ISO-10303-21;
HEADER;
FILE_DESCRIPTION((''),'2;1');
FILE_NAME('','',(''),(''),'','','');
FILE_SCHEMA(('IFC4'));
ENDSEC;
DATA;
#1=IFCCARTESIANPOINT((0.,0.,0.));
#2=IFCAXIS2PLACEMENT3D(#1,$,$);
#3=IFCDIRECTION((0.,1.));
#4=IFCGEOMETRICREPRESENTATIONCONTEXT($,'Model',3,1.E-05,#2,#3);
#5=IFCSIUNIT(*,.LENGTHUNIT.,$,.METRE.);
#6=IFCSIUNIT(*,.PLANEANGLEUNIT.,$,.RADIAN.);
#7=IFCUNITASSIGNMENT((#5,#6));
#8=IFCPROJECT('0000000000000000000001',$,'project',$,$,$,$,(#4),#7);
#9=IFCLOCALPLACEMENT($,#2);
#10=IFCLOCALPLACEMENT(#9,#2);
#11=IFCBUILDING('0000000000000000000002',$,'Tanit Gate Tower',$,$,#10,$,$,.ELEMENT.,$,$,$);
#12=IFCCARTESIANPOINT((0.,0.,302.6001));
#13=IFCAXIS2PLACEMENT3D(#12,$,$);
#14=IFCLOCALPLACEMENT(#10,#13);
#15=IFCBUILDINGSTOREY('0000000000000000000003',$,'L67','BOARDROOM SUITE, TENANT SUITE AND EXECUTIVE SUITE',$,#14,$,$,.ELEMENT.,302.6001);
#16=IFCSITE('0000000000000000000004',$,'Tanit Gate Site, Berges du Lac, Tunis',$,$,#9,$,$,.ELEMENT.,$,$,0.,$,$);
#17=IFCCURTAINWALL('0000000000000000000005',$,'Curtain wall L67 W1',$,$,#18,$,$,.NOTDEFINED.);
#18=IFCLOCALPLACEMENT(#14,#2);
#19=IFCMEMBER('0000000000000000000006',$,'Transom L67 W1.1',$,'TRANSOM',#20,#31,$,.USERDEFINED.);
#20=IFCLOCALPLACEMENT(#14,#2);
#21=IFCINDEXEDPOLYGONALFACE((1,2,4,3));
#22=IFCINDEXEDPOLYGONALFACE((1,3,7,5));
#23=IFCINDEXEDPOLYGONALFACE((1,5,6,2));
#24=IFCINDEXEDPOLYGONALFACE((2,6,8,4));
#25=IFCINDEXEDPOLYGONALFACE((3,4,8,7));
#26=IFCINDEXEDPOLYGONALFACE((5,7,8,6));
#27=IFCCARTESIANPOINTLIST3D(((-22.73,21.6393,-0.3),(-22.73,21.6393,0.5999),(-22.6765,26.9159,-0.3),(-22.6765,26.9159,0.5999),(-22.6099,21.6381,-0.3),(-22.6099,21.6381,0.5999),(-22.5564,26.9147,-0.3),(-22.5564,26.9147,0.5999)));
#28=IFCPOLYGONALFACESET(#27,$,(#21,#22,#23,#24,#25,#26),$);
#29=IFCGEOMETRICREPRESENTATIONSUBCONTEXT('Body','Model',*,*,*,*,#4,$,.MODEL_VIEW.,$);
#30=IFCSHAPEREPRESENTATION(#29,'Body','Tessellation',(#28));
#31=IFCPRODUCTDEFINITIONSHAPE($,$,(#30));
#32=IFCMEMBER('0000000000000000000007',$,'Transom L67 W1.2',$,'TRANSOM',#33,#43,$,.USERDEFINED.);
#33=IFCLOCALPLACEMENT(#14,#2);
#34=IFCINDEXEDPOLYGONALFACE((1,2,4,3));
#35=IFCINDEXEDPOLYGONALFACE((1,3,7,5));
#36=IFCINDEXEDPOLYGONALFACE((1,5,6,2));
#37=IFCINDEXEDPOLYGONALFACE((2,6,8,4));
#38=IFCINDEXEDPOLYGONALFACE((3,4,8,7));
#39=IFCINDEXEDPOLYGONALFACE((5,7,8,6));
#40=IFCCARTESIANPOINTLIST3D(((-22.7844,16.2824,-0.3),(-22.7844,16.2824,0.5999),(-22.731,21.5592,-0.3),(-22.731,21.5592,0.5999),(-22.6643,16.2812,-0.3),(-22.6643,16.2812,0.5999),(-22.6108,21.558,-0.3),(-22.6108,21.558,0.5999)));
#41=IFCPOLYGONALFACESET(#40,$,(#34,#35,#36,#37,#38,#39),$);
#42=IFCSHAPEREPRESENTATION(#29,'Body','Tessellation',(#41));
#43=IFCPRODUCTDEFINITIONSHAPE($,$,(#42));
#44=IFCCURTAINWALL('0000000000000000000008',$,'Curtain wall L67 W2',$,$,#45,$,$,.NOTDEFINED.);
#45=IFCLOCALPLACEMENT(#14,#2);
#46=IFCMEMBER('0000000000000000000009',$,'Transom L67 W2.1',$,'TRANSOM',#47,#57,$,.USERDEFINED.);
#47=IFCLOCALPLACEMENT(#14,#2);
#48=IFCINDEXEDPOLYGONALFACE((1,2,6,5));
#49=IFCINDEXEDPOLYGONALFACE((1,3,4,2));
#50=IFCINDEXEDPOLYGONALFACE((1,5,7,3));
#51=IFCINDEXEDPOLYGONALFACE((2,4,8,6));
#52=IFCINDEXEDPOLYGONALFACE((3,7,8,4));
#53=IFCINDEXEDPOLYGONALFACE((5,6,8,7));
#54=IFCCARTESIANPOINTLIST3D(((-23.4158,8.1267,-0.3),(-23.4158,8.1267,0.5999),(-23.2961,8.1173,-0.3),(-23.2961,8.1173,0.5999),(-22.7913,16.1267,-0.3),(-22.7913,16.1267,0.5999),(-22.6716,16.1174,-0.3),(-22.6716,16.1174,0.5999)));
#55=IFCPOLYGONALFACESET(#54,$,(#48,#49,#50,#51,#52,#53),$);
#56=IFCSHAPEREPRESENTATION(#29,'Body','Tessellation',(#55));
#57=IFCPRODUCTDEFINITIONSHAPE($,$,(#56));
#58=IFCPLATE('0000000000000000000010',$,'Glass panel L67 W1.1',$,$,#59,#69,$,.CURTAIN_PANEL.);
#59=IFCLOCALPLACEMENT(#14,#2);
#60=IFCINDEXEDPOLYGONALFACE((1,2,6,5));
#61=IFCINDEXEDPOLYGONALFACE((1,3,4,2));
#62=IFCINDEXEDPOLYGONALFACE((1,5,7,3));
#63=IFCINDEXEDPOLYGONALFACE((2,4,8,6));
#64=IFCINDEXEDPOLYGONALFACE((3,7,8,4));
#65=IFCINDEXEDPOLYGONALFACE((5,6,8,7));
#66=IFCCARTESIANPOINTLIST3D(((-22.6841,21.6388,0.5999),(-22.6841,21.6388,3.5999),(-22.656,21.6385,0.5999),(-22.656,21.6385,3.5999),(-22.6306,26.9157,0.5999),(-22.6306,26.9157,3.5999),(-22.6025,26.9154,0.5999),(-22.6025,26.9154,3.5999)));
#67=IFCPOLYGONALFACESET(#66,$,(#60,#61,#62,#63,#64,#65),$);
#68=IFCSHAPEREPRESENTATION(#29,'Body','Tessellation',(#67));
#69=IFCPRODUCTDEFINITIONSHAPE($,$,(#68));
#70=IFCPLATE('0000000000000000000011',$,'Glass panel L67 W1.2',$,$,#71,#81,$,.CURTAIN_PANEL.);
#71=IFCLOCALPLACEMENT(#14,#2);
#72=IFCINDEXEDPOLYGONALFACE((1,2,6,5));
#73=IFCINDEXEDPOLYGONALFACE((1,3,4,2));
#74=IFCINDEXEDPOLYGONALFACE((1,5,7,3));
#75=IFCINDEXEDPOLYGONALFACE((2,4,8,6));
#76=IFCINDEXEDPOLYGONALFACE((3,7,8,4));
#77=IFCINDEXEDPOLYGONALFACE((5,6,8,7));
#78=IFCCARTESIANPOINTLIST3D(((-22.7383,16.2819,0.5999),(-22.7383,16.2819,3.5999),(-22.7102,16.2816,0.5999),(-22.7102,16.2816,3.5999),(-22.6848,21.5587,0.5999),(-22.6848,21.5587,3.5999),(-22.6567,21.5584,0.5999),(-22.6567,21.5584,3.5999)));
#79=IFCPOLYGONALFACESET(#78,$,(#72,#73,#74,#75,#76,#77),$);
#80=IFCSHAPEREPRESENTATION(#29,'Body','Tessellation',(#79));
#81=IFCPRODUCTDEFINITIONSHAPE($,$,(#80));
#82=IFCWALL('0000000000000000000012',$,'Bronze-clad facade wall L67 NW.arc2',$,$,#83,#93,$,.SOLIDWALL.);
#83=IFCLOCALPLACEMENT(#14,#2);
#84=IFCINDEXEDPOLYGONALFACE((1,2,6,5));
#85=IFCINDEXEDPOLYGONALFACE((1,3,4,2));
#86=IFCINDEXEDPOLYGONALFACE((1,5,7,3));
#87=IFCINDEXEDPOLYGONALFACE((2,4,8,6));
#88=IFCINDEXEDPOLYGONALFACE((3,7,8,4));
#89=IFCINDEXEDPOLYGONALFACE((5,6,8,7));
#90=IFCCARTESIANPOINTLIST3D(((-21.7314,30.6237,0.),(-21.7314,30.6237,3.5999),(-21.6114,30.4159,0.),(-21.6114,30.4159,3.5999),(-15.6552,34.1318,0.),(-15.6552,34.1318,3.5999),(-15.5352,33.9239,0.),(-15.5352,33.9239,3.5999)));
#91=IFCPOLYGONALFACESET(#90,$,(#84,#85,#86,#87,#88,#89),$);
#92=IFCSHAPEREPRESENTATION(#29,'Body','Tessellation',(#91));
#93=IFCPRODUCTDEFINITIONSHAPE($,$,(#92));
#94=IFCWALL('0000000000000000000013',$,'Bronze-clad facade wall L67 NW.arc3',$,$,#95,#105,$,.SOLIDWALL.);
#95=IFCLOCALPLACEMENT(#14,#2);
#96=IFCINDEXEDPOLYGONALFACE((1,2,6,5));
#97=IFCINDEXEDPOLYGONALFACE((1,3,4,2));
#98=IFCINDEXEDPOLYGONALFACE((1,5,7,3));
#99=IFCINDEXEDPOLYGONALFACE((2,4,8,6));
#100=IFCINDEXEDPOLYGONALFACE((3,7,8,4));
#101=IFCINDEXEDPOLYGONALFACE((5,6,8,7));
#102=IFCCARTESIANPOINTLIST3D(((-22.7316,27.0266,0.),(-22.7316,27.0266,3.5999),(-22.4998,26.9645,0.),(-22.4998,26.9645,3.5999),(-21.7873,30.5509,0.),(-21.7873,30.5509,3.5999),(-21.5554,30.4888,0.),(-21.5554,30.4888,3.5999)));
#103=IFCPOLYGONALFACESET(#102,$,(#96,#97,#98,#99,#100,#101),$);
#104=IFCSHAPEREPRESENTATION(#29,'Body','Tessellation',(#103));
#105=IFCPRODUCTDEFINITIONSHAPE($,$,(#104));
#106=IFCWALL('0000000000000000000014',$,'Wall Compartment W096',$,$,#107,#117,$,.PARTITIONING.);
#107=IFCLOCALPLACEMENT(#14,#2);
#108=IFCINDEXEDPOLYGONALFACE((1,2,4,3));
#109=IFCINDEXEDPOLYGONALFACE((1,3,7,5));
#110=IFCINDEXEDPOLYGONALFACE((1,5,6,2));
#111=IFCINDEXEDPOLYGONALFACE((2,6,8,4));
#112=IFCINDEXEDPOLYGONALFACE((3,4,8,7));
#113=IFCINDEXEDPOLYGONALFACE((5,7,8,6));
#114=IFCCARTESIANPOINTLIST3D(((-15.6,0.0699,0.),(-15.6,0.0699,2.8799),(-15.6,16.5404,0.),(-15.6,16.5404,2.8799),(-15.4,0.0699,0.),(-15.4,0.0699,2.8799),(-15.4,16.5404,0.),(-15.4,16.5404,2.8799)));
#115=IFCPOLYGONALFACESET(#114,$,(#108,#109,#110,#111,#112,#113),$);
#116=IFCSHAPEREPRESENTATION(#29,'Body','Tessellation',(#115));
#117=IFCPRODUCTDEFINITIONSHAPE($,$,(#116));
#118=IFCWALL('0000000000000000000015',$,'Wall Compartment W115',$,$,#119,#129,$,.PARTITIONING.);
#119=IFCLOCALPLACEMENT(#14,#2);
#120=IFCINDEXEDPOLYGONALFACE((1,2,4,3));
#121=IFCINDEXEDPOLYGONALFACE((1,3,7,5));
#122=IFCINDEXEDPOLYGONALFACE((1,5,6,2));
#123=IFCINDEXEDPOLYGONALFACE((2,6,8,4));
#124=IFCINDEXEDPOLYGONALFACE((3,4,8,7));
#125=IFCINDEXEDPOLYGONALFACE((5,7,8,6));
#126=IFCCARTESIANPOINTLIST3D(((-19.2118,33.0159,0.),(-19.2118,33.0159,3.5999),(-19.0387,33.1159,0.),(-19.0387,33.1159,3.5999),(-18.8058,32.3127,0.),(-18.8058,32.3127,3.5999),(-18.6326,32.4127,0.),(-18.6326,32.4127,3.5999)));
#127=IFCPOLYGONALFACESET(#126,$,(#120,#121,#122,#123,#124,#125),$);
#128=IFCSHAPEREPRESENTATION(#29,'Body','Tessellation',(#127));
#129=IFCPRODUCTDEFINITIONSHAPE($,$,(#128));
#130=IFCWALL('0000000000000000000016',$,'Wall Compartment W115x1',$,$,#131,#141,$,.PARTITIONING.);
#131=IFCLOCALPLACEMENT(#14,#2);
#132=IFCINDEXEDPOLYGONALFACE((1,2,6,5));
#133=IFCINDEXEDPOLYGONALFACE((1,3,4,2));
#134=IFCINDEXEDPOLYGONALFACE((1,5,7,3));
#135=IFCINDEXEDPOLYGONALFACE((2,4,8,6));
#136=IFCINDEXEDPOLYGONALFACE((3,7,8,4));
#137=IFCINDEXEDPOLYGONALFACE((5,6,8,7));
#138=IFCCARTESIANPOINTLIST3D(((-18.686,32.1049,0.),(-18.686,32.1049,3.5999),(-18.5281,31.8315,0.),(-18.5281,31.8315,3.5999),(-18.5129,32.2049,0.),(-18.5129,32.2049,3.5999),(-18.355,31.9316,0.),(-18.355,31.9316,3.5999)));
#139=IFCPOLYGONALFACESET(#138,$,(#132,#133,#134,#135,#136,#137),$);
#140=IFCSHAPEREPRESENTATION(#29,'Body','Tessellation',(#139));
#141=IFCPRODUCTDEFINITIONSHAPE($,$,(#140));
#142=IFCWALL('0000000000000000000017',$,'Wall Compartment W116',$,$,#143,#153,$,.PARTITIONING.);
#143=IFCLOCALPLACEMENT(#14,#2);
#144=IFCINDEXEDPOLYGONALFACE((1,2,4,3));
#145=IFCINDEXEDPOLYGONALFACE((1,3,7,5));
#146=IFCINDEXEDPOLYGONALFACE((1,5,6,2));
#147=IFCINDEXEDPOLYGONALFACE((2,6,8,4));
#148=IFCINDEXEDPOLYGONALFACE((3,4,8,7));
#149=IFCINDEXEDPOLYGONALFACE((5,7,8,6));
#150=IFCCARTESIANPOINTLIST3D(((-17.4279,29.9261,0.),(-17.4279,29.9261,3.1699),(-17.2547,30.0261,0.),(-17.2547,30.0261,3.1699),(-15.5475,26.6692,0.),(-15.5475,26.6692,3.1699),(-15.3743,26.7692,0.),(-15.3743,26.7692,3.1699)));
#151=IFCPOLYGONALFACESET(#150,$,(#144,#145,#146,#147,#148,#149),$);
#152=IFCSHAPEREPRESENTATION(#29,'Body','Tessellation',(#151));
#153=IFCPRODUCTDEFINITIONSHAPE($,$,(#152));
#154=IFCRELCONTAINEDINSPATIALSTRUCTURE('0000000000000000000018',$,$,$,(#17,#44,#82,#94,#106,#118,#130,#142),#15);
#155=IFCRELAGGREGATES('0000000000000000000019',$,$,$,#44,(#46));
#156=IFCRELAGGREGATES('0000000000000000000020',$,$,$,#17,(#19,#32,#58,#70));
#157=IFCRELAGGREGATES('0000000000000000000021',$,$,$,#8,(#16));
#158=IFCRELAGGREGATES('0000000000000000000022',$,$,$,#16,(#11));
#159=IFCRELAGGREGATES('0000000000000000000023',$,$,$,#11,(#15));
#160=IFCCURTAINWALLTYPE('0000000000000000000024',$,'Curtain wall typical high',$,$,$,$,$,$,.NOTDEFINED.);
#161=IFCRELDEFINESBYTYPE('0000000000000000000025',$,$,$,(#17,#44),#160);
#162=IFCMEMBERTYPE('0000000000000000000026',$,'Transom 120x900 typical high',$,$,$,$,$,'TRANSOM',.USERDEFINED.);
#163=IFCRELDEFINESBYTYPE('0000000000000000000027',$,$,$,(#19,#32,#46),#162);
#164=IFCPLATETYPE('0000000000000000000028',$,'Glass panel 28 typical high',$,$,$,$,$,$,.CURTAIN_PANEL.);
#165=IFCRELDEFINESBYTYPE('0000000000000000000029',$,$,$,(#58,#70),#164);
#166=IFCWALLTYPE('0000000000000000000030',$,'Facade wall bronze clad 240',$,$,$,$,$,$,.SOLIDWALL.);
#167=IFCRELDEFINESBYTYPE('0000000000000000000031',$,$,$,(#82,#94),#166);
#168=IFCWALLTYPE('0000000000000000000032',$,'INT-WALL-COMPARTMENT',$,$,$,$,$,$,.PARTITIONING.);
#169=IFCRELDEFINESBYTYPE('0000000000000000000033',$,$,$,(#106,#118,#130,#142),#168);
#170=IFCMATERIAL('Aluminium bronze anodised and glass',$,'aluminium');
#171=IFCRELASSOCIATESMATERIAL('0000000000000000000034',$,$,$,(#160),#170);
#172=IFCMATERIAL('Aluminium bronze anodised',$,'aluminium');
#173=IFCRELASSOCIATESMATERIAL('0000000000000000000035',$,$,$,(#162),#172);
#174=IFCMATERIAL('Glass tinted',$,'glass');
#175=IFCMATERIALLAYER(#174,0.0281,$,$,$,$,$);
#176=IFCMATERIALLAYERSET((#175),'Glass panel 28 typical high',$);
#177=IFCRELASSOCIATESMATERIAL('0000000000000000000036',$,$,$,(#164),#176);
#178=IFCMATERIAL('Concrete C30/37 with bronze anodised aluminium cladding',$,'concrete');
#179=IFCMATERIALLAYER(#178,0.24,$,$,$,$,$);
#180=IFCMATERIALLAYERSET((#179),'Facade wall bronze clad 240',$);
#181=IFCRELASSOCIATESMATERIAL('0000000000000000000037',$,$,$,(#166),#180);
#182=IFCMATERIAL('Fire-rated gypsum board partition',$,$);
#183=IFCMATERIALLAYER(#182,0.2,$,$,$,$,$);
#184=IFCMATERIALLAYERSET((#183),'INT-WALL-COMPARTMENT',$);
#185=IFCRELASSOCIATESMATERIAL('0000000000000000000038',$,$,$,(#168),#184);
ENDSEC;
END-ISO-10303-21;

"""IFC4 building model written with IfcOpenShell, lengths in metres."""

from ifc_helpers import new_model, si_unit, direction, frame, frame_2d, origin, origin_2d, place, context, subcontext, project, spatial, rectangle, extrude, material, layer, layer_set, material_profile, profile_set, type_object, element, aggregate, save


model = new_model("IFC4")

# Units and contexts
model_context = context("Model", 3, precision=1e-05, world=origin(), true_north=direction((0.0, 1.0)))
body_context = subcontext(model_context, "Body", "Model", "MODEL_VIEW")
ifc_project = project(units=[si_unit("LENGTHUNIT", "METRE"), si_unit("PLANEANGLEUNIT", "RADIAN")], contexts=[model_context])

# Site, building, storey
site_placement = place(None, origin())
site = spatial("IfcSite", under=ifc_project, at=site_placement, Name="Tanit Gate Site, Berges du Lac, Tunis", CompositionType="ELEMENT", RefElevation=0.0)
building_placement = place(site_placement, origin())
building = spatial("IfcBuilding", under=site, at=building_placement, Name="Tanit Gate Tower", CompositionType="ELEMENT")
storey_placement = place(building_placement, frame((0.0, 0.0, 302.6001)))
storey = spatial("IfcBuildingStorey", under=building, at=storey_placement, Name="L67", Description="BOARDROOM SUITE, TENANT SUITE AND EXECUTIVE SUITE", CompositionType="ELEMENT", Elevation=302.6001)

# Curtain wall
ifc_material_1 = material(Name="Aluminium bronze anodised and glass", Category="aluminium")
curtain_wall_type = type_object("IfcCurtainWallType", Name="Curtain wall typical high", PredefinedType="NOTDEFINED", material=ifc_material_1)
curtain_wall_1_placement = place(storey_placement, origin())
curtain_wall_1 = element("IfcCurtainWall", 1, at=curtain_wall_1_placement, inside=storey, type_object=curtain_wall_type, Name="Curtain wall L67 W1", PredefinedType="NOTDEFINED")

# Members
ifc_material_2 = material(Name="Aluminium bronze anodised", Category="aluminium")
ifc_material_profile_1 = material_profile(ifc_material_2, rectangle(XDim=0.1201, YDim=0.8999, at=origin_2d()), Name="120x900 bronze transom")
ifc_profile_set_1 = profile_set([ifc_material_profile_1], Name="Aluminium bronze anodised")
member_type_1 = type_object("IfcMemberType", Name="Transom 120x900 typical high", ElementType="TRANSOM", PredefinedType="USERDEFINED", material=ifc_profile_set_1)
member_1_placement = place(storey_placement, frame((-22.6165, 26.9153, 0.1499), z_axis=(-0.010132, -0.999949, 0.0), x_axis=(0.999949, -0.010132, 0.0)))
member_1 = element("IfcMember", 2, at=member_1_placement, type_object=member_type_1, Name="Transom L67 W1.1", ObjectType="TRANSOM", PredefinedType="USERDEFINED", context=body_context, shape_type="SweptSolid", body=[
    extrude(rectangle(XDim=0.1201, YDim=0.8999, at=origin_2d()), origin(), (0.0, 0.0, 1.0), 5.2769),
])
member_2_placement = place(storey_placement, frame((-22.6709, 21.5586, 0.1499), z_axis=(-0.010132, -0.999949, 0.0), x_axis=(0.999949, -0.010132, 0.0)))
member_2 = element("IfcMember", 3, at=member_2_placement, type_object=member_type_1, Name="Transom L67 W1.2", ObjectType="TRANSOM", PredefinedType="USERDEFINED", context=body_context, shape_type="SweptSolid", body=[
    extrude(rectangle(XDim=0.1201, YDim=0.8999, at=origin_2d()), origin(), (0.0, 0.0, 1.0), 5.2771),
])

# Curtain wall, member
curtain_wall_2_placement = place(storey_placement, origin())
curtain_wall_2 = element("IfcCurtainWall", 4, at=curtain_wall_2_placement, inside=storey, type_object=curtain_wall_type, Name="Curtain wall L67 W2", PredefinedType="NOTDEFINED")
member_3_placement = place(storey_placement, frame((-22.7314, 16.1221, 0.1499), z_axis=(-0.077827, -0.996967, 0.0), x_axis=(0.996967, -0.077827, 0.0)))
member_3 = element("IfcMember", 5, at=member_3_placement, type_object=member_type_1, Name="Transom L67 W2.1", ObjectType="TRANSOM", PredefinedType="USERDEFINED", context=body_context, shape_type="SweptSolid", body=[
    extrude(rectangle(XDim=0.1201, YDim=0.8999, at=origin_2d()), origin(), (0.0, 0.0, 1.0), 8.0244),
])
aggregate(curtain_wall_2, [member_3])

# Plates
ifc_material_3 = material(Name="Glass tinted", Category="glass")
ifc_layer_1 = layer(ifc_material_3, 0.0281)
ifc_layer_set_1 = layer_set([ifc_layer_1], Name="Glass panel 28 typical high")
plate_type = type_object("IfcPlateType", Name="Glass panel 28 typical high", PredefinedType="CURTAIN_PANEL", material=ifc_layer_set_1)
plate_1_placement = place(storey_placement, frame((-22.6433, 24.2771, 0.5999), z_axis=(0.0, 0.0, 1.0), x_axis=(-0.010146, -0.999949, 0.0)))
plate_1 = element("IfcPlate", 6, at=plate_1_placement, type_object=plate_type, Name="Glass panel L67 W1.1", PredefinedType="CURTAIN_PANEL", context=body_context, shape_type="SweptSolid", body=[
    extrude(rectangle(XDim=5.2771, YDim=0.0281, at=origin_2d()), origin(), (0.0, 0.0, 1.0), 3.0),
])
plate_2_placement = place(storey_placement, frame((-22.6975, 18.9202, 0.5999), z_axis=(0.0, 0.0, 1.0), x_axis=(-0.010146, -0.999949, 0.0)))
plate_2 = element("IfcPlate", 7, at=plate_2_placement, type_object=plate_type, Name="Glass panel L67 W1.2", PredefinedType="CURTAIN_PANEL", context=body_context, shape_type="SweptSolid", body=[
    extrude(rectangle(XDim=5.2771, YDim=0.0281, at=origin_2d()), origin(), (0.0, 0.0, 1.0), 3.0),
])
aggregate(curtain_wall_1, [member_1, member_2, plate_1, plate_2])

# Walls
ifc_material_4 = material(Name="Concrete C30/37 with bronze anodised aluminium cladding", Category="concrete")
ifc_layer_2 = layer(ifc_material_4, 0.24)
ifc_layer_set_2 = layer_set([ifc_layer_2], Name="Facade wall bronze clad 240")
wall_type_1 = type_object("IfcWallType", Name="Facade wall bronze clad 240", PredefinedType="SOLIDWALL", material=ifc_layer_set_2)
wall_1_placement = place(storey_placement, frame((-15.5952, 34.0278, 0.0), z_axis=(0.0, 0.0, 1.0), x_axis=(-0.866027, -0.499998, 0.0)))
element("IfcWall", 8, at=wall_1_placement, inside=storey, type_object=wall_type_1, Name="Bronze-clad facade wall L67 NW.arc2", PredefinedType="SOLIDWALL", context=body_context, shape_type="SweptSolid", body=[
    extrude(rectangle(XDim=7.0161, YDim=0.24, at=frame_2d((3.5081, 0.0))), origin(), (0.0, 0.0, 1.0), 3.5999),
])
wall_2_placement = place(storey_placement, frame((-21.6714, 30.5198, 0.0), z_axis=(0.0, 0.0, 1.0), x_axis=(-0.258812, -0.965928, 0.0)))
element("IfcWall", 9, at=wall_2_placement, inside=storey, type_object=wall_type_1, Name="Bronze-clad facade wall L67 NW.arc3", PredefinedType="SOLIDWALL", context=body_context, shape_type="SweptSolid", body=[
    extrude(rectangle(XDim=3.6487, YDim=0.24, at=frame_2d((1.8242, 0.0))), origin(), (0.0, 0.0, 1.0), 3.5999),
])
ifc_material_5 = material(Name="Fire-rated gypsum board partition")
ifc_layer_3 = layer(ifc_material_5, 0.2)
ifc_layer_set_3 = layer_set([ifc_layer_3], Name="INT-WALL-COMPARTMENT")
wall_type_2 = type_object("IfcWallType", Name="INT-WALL-COMPARTMENT", PredefinedType="PARTITIONING", material=ifc_layer_set_3)
wall_3_placement = place(storey_placement, frame((-15.5, 16.5405, 0.0), z_axis=(0.0, 0.0, 1.0), x_axis=(0.0, -1.0, 0.0)))
element("IfcWall", 10, at=wall_3_placement, inside=storey, type_object=wall_type_2, Name="Wall Compartment W096", PredefinedType="PARTITIONING", context=body_context, shape_type="SweptSolid", body=[
    extrude(rectangle(XDim=16.4705, YDim=0.2, at=frame_2d((8.2354, 0.0))), origin(), (0.0, 0.0, 1.0), 2.8799),
])
wall_4_placement = place(storey_placement, frame((-19.1252, 33.0659, 0.0), z_axis=(0.0, 0.0, 1.0), x_axis=(0.500052, -0.865995, 0.0)))
element("IfcWall", 11, at=wall_4_placement, inside=storey, type_object=wall_type_2, Name="Wall Compartment W115", PredefinedType="PARTITIONING", context=body_context, shape_type="SweptSolid", body=[
    extrude(rectangle(XDim=0.812, YDim=0.2, at=frame_2d((0.406, 0.0))), origin(), (0.0, 0.0, 1.0), 3.5999),
])
wall_5_placement = place(storey_placement, frame((-18.5994, 32.1548, 0.0), z_axis=(0.0, 0.0, 1.0), x_axis=(0.500213, -0.865902, 0.0)))
element("IfcWall", 12, at=wall_5_placement, inside=storey, type_object=wall_type_2, Name="Wall Compartment W115x1", PredefinedType="PARTITIONING", context=body_context, shape_type="SweptSolid", body=[
    extrude(rectangle(XDim=0.3157, YDim=0.2, at=frame_2d((0.1577, 0.0))), origin(), (0.0, 0.0, 1.0), 3.5999),
])
wall_6_placement = place(storey_placement, frame((-17.3413, 29.9761, 0.0), z_axis=(0.0, 0.0, 1.0), x_axis=(0.500007, -0.866021, 0.0)))
element("IfcWall", 13, at=wall_6_placement, inside=storey, type_object=wall_type_2, Name="Wall Compartment W116", PredefinedType="PARTITIONING", context=body_context, shape_type="SweptSolid", body=[
    extrude(rectangle(XDim=3.7607, YDim=0.2, at=frame_2d((1.8804, 0.0))), origin(), (0.0, 0.0, 1.0), 3.1699),
])

save(model, "model.ifc")
